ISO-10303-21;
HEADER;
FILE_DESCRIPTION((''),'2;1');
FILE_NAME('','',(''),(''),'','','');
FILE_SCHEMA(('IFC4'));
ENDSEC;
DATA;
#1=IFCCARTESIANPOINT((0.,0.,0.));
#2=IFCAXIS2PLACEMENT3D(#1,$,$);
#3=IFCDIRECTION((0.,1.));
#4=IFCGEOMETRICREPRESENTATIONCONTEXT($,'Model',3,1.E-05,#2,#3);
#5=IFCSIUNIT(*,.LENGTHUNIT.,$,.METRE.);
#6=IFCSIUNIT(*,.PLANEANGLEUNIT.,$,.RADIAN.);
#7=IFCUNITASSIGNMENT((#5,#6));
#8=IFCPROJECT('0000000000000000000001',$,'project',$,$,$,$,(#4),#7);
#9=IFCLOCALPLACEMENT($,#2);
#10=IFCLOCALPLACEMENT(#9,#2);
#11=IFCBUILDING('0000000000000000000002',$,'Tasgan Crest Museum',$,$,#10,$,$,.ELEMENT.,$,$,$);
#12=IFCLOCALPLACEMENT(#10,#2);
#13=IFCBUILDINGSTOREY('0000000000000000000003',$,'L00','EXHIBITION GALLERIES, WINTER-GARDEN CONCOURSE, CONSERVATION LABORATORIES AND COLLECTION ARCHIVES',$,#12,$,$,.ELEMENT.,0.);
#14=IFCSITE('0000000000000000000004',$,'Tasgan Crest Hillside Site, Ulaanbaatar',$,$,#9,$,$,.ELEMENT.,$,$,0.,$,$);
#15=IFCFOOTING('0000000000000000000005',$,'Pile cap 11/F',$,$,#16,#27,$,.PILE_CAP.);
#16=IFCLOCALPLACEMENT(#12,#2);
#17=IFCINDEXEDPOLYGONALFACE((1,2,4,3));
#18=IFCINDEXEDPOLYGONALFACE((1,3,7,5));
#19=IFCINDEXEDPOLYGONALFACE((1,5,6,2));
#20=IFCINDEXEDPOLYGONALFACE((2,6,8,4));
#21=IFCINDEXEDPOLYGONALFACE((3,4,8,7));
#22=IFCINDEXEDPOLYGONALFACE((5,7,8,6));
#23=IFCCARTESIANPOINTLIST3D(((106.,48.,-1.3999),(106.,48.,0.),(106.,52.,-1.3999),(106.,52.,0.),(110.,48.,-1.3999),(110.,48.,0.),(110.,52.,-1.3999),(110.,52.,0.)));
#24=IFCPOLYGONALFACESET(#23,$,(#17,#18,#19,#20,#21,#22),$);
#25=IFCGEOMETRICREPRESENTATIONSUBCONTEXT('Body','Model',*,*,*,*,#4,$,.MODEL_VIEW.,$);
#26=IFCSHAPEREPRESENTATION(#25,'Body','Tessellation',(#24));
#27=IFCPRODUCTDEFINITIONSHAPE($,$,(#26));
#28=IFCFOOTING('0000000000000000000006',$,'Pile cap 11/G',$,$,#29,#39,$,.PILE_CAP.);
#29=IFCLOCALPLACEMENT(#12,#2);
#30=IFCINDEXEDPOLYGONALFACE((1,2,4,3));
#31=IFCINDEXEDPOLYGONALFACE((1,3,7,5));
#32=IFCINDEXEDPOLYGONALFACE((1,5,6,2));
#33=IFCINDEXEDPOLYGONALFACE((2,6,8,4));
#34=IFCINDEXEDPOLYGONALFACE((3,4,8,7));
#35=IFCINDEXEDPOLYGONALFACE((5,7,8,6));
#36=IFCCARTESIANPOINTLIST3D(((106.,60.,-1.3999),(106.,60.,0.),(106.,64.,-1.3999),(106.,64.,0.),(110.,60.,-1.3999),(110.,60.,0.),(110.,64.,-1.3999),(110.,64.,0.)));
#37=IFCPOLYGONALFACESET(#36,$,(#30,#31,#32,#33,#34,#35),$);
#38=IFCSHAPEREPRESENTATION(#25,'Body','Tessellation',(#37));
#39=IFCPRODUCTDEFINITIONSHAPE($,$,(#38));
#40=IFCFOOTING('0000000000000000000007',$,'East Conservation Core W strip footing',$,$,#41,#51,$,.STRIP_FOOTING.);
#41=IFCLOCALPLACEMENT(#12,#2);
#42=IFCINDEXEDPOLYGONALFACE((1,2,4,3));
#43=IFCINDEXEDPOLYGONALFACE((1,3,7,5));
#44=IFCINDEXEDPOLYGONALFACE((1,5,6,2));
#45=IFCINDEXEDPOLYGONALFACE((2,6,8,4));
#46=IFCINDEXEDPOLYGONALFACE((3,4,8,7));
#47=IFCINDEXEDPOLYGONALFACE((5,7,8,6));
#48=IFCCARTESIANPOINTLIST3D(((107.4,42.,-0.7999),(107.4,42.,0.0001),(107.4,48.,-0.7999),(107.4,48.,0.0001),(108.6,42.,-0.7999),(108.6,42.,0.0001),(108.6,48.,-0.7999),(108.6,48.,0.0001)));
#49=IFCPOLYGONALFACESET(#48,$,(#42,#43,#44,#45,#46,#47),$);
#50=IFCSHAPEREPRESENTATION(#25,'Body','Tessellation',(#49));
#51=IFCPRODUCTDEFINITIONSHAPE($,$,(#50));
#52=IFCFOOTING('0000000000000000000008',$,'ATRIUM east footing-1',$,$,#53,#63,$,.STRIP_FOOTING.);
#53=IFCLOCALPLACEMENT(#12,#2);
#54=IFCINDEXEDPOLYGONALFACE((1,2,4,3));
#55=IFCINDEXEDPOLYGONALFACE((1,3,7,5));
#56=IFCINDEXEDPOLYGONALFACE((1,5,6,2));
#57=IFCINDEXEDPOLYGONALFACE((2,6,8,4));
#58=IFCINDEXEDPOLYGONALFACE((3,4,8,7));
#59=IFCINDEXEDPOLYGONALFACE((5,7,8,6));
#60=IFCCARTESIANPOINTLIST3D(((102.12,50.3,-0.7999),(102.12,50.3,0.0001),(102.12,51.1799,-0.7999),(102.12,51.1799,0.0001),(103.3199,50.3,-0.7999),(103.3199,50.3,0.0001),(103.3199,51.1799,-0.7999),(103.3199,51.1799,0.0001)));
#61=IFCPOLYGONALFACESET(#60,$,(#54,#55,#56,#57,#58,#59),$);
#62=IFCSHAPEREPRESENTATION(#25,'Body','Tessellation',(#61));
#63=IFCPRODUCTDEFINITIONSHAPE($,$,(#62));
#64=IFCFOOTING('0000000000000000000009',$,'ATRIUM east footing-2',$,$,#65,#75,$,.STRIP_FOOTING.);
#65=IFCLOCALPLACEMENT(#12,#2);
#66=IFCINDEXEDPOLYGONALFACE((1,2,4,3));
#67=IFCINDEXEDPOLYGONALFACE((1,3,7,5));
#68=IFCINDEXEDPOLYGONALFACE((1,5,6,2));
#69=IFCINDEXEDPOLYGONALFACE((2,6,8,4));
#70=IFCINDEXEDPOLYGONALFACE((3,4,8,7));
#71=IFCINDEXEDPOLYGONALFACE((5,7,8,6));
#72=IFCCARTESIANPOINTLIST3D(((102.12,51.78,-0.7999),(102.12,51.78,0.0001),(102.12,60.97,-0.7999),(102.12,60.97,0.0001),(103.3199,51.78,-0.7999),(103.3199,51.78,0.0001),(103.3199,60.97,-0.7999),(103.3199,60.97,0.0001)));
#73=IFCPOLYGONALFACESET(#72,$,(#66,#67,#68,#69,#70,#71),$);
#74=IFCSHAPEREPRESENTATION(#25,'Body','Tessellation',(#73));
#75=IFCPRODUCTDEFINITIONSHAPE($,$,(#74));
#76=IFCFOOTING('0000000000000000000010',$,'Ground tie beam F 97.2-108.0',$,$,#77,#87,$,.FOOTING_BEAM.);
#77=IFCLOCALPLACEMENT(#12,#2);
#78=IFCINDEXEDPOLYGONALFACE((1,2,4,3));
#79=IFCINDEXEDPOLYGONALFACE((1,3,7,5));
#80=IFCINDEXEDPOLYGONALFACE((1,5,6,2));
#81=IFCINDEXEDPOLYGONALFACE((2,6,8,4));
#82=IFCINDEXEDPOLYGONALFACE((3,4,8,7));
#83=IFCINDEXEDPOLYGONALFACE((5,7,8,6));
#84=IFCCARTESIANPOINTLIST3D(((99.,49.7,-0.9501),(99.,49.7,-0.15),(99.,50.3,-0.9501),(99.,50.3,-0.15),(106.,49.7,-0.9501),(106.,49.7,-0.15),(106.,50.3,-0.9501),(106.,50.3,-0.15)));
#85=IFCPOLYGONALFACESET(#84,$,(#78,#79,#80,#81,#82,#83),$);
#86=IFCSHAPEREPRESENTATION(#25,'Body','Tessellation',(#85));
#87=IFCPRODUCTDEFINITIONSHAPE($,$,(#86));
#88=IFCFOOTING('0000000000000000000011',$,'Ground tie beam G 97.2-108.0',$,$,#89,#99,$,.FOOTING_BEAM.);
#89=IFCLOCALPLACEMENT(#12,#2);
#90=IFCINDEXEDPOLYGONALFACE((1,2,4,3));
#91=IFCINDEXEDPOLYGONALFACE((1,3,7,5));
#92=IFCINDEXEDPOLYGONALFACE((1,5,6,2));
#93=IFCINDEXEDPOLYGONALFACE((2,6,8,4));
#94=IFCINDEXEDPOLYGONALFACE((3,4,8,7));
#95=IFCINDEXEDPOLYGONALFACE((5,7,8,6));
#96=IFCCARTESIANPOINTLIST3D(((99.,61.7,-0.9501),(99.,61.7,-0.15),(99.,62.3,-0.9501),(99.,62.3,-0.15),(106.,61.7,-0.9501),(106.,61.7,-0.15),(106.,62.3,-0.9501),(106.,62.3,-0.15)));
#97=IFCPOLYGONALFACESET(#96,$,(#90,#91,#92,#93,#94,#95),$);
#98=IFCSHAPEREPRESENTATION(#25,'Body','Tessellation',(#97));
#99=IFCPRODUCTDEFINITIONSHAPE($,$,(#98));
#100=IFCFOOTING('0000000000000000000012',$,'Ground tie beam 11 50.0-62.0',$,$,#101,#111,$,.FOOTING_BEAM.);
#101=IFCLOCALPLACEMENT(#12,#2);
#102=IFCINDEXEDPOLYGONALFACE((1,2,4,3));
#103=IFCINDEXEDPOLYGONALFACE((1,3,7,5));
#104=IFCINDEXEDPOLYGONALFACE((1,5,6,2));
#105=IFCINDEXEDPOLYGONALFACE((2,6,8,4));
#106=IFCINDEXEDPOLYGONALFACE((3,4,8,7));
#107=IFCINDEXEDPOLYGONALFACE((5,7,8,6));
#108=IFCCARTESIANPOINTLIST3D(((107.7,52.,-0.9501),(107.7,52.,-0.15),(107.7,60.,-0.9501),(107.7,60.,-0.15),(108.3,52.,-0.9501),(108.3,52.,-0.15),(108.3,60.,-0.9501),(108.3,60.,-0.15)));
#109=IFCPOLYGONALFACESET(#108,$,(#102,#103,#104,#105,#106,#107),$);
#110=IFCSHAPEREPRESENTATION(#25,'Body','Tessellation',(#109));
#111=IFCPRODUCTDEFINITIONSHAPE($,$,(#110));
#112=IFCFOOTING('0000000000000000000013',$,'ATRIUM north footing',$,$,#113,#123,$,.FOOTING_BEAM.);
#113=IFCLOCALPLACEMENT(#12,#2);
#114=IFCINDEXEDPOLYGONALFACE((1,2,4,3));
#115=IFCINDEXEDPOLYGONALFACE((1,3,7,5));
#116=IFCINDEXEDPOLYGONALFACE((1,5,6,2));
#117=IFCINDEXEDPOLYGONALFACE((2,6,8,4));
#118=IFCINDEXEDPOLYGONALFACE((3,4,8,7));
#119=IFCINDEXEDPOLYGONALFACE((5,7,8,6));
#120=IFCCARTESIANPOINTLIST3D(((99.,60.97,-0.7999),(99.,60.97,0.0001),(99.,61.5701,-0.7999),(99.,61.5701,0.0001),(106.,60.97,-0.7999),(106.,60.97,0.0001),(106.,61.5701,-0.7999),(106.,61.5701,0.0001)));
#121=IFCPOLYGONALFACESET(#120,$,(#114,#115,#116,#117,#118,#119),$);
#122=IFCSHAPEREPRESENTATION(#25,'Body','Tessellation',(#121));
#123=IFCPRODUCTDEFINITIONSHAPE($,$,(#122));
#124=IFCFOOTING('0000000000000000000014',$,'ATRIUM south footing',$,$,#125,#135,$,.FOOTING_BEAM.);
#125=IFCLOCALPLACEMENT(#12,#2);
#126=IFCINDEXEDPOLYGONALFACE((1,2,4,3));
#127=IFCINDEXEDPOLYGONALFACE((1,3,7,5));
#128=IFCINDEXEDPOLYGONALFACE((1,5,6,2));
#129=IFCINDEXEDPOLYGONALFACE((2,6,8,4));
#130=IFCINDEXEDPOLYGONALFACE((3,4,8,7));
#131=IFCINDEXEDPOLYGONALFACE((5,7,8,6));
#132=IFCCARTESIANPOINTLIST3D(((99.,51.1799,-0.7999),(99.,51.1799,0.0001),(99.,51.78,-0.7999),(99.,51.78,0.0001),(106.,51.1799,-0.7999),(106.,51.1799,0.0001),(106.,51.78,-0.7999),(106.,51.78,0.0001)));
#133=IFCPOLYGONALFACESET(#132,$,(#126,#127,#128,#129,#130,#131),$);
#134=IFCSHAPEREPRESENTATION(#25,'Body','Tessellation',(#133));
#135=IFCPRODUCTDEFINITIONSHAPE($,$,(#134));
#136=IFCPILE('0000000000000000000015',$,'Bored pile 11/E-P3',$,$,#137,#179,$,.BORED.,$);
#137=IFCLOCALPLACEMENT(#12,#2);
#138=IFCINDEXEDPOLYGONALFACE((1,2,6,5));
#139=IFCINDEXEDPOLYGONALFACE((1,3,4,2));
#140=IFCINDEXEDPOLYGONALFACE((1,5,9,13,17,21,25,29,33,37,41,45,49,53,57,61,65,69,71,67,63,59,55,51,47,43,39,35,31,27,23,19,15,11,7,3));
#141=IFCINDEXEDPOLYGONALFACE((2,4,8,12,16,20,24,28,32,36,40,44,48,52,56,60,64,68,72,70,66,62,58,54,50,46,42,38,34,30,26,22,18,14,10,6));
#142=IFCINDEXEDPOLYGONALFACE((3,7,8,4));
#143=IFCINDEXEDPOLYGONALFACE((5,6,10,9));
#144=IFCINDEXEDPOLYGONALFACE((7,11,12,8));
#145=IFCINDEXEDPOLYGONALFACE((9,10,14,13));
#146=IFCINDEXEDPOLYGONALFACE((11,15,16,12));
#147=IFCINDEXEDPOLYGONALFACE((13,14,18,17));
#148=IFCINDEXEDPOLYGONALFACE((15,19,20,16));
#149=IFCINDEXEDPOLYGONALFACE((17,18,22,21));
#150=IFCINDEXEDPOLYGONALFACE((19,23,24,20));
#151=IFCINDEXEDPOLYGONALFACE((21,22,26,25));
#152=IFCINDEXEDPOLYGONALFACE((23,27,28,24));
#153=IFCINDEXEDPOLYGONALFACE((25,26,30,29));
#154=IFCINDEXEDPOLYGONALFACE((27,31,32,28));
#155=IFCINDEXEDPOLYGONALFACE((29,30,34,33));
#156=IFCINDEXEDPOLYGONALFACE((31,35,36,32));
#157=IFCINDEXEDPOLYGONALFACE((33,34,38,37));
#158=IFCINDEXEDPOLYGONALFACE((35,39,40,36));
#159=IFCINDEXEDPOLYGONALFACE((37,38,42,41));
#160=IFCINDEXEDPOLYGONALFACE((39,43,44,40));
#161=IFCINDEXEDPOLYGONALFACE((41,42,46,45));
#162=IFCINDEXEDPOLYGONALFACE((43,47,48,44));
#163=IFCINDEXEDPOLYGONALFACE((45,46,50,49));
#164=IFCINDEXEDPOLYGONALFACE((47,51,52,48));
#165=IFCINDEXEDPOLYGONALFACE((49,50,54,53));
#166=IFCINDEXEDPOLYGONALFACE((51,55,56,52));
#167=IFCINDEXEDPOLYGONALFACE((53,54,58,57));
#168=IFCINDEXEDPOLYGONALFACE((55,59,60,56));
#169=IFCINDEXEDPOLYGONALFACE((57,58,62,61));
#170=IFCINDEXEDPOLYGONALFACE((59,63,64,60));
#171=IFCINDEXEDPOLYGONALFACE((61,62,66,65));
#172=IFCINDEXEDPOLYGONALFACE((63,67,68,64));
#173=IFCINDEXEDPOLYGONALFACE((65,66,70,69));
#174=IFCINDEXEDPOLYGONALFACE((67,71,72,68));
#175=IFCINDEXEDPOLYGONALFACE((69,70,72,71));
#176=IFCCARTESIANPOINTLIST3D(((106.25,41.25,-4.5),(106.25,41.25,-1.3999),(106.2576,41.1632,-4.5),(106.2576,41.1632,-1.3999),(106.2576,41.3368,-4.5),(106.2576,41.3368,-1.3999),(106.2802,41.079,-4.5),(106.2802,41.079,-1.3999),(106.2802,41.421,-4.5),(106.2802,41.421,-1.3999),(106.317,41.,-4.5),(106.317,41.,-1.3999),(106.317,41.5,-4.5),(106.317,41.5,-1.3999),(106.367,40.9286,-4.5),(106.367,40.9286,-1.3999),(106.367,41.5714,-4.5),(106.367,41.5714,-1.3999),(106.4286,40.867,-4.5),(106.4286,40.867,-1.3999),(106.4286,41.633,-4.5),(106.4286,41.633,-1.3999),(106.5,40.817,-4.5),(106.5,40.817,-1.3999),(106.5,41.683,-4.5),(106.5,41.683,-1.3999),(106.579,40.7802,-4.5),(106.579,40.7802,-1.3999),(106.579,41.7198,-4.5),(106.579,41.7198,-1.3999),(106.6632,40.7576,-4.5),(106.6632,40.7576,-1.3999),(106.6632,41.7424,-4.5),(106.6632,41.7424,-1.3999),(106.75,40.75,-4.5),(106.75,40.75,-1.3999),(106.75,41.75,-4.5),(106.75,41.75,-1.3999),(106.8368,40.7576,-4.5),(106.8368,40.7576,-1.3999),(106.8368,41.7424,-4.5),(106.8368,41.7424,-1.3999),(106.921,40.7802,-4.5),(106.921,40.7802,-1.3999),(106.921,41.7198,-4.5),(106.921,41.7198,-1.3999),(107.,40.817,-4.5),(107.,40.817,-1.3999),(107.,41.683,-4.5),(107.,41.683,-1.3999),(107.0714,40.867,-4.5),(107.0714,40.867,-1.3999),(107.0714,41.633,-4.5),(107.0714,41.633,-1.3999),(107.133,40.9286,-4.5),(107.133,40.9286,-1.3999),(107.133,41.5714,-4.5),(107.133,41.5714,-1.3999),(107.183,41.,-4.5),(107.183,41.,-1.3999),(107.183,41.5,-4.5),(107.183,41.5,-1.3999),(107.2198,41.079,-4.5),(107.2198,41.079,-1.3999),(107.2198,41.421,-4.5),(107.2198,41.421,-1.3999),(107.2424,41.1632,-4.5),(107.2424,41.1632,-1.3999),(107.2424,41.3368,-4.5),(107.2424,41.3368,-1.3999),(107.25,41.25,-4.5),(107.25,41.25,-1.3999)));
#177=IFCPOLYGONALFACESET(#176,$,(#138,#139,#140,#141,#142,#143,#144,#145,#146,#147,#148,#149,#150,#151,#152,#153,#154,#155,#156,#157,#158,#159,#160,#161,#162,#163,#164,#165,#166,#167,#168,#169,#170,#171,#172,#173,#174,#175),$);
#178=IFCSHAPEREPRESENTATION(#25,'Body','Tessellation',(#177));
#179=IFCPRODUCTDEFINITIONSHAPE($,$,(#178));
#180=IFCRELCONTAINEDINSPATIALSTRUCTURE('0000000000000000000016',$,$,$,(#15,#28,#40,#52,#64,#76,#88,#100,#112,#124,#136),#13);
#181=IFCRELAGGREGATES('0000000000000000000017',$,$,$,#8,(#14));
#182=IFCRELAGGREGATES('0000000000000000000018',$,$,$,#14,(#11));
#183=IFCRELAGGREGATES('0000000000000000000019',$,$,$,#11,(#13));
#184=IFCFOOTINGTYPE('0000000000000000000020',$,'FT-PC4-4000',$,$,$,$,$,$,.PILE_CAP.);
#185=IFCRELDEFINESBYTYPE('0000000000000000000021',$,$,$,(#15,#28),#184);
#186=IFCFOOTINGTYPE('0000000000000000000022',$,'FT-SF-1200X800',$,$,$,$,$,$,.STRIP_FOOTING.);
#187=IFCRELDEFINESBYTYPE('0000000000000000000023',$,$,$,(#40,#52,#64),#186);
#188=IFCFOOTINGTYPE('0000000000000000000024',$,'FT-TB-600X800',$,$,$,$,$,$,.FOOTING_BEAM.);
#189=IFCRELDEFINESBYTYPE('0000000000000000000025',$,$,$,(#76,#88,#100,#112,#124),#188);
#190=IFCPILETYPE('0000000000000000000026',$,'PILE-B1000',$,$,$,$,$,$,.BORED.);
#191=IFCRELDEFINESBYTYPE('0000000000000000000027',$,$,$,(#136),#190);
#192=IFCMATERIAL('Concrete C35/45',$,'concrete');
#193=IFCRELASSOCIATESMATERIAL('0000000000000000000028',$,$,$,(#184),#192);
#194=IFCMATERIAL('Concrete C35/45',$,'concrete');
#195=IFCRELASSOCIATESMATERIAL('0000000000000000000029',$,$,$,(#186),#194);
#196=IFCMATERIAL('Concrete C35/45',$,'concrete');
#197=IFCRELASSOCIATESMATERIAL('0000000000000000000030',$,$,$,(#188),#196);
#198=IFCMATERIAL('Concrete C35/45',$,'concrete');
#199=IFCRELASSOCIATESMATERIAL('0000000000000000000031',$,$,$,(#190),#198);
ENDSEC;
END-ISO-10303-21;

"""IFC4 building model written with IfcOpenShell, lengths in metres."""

from ifc_helpers import new_model, si_unit, direction, frame, origin, origin_2d, place, context, subcontext, project, spatial, rectangle, circle, extrude, material, material_profile, profile_set, type_object, element, save


model = new_model("IFC4")

# Units and contexts
model_context = context("Model", 3, precision=1e-05, world=origin(), true_north=direction((0.0, 1.0)))
body_context = subcontext(model_context, "Body", "Model", "MODEL_VIEW")
ifc_project = project(units=[si_unit("LENGTHUNIT", "METRE"), si_unit("PLANEANGLEUNIT", "RADIAN")], contexts=[model_context])

# Site, building, storey
site_placement = place(None, origin())
site = spatial("IfcSite", under=ifc_project, at=site_placement, Name="Tasgan Crest Hillside Site, Ulaanbaatar", CompositionType="ELEMENT", RefElevation=0.0)
building_placement = place(site_placement, origin())
building = spatial("IfcBuilding", under=site, at=building_placement, Name="Tasgan Crest Museum", CompositionType="ELEMENT")
storey_placement = place(building_placement, origin())
storey = spatial("IfcBuildingStorey", under=building, at=storey_placement, Name="L00", Description="EXHIBITION GALLERIES, WINTER-GARDEN CONCOURSE, CONSERVATION LABORATORIES AND COLLECTION ARCHIVES", CompositionType="ELEMENT", Elevation=0.0)

# Footings
ifc_material_1 = material(Name="Concrete C35/45", Category="concrete")
footing_type_1 = type_object("IfcFootingType", Name="FT-PC4-4000", PredefinedType="PILE_CAP", material=ifc_material_1)
for number, where, z_axis, x_axis, name in (
    (1, (108.0, 50.0, -1.3999), (0.0, 0.0, 1.0), (1.0, 0.0, 0.0), "Pile cap 11/F"),
    (2, (108.0, 62.0, -1.3999), (0.0, 0.0, 1.0), (1.0, 0.0, 0.0), "Pile cap 11/G"),
):
    element("IfcFooting", number, at=place(storey_placement, frame(where, z_axis=z_axis, x_axis=x_axis)), inside=storey, type_object=footing_type_1, Name=name, PredefinedType="PILE_CAP", context=body_context, shape_type="SweptSolid", body=[
        extrude(rectangle(XDim=4.0, YDim=4.0, at=origin_2d()), origin(), (0.0, 0.0, 1.0), 1.3999),
    ])
ifc_material_2 = material(Name="Concrete C35/45", Category="concrete")
ifc_material_profile_1 = material_profile(ifc_material_2, rectangle(XDim=1.2, YDim=0.8, at=origin_2d()), Name="SF 1200x800")
ifc_profile_set_1 = profile_set([ifc_material_profile_1], Name="Concrete C35/45")
footing_type_2 = type_object("IfcFootingType", Name="FT-SF-1200X800", PredefinedType="STRIP_FOOTING", material=ifc_profile_set_1)
footing_1_placement = place(storey_placement, frame((108.0, 42.0, -0.3999), z_axis=(0.0, 1.0, 0.0), x_axis=(-1.0, 0.0, 0.0)))
element("IfcFooting", 3, at=footing_1_placement, inside=storey, type_object=footing_type_2, Name="East Conservation Core W strip footing", PredefinedType="STRIP_FOOTING", context=body_context, shape_type="SweptSolid", body=[
    extrude(rectangle(XDim=1.2, YDim=0.8, at=origin_2d()), origin(), (0.0, 0.0, 1.0), 6.0),
])
footing_2_placement = place(storey_placement, frame((102.72, 50.3, -0.3999), z_axis=(0.0, 1.0, 0.0), x_axis=(-1.0, 0.0, 0.0)))
element("IfcFooting", 4, at=footing_2_placement, inside=storey, type_object=footing_type_2, Name="ATRIUM east footing-1", PredefinedType="STRIP_FOOTING", context=body_context, shape_type="SweptSolid", body=[
    extrude(rectangle(XDim=1.2, YDim=0.8, at=origin_2d()), origin(), (0.0, 0.0, 1.0), 0.8799),
])
footing_3_placement = place(storey_placement, frame((102.72, 51.78, -0.3999), z_axis=(0.0, 1.0, 0.0), x_axis=(-1.0, 0.0, 0.0)))
element("IfcFooting", 5, at=footing_3_placement, inside=storey, type_object=footing_type_2, Name="ATRIUM east footing-2", PredefinedType="STRIP_FOOTING", context=body_context, shape_type="SweptSolid", body=[
    extrude(rectangle(XDim=1.2, YDim=0.8, at=origin_2d()), origin(), (0.0, 0.0, 1.0), 9.1899),
])
ifc_material_3 = material(Name="Concrete C35/45", Category="concrete")
ifc_material_profile_2 = material_profile(ifc_material_3, rectangle(XDim=0.6001, YDim=0.8, at=origin_2d()), Name="TB 600x800")
ifc_profile_set_2 = profile_set([ifc_material_profile_2], Name="Concrete C35/45")
footing_type_3 = type_object("IfcFootingType", Name="FT-TB-600X800", PredefinedType="FOOTING_BEAM", material=ifc_profile_set_2)
for number, where, z_axis, x_axis, name in (
    (6, (99.0, 50.0, -0.55), (1.0, 0.0, 0.0), (0.0, 1.0, 0.0), "Ground tie beam F 97.2-108.0"),
    (7, (99.0, 62.0, -0.55), (1.0, 0.0, 0.0), (0.0, 1.0, 0.0), "Ground tie beam G 97.2-108.0"),
):
    element("IfcFooting", number, at=place(storey_placement, frame(where, z_axis=z_axis, x_axis=x_axis)), inside=storey, type_object=footing_type_3, Name=name, PredefinedType="FOOTING_BEAM", context=body_context, shape_type="SweptSolid", body=[
        extrude(rectangle(XDim=0.6001, YDim=0.8, at=origin_2d()), origin(), (0.0, 0.0, 1.0), 7.0),
    ])
footing_4_placement = place(storey_placement, frame((108.0, 52.0, -0.55), z_axis=(0.0, 1.0, 0.0), x_axis=(-1.0, 0.0, 0.0)))
element("IfcFooting", 8, at=footing_4_placement, inside=storey, type_object=footing_type_3, Name="Ground tie beam 11 50.0-62.0", PredefinedType="FOOTING_BEAM", context=body_context, shape_type="SweptSolid", body=[
    extrude(rectangle(XDim=0.6001, YDim=0.8, at=origin_2d()), origin(), (0.0, 0.0, 1.0), 8.0),
])
for number, where, z_axis, x_axis, name in (
    (9, (99.0, 61.27, -0.3999), (1.0, 0.0, 0.0), (0.0, 1.0, 0.0), "ATRIUM north footing"),
    (10, (99.0, 51.48, -0.3999), (1.0, 0.0, 0.0), (0.0, 1.0, 0.0), "ATRIUM south footing"),
):
    element("IfcFooting", number, at=place(storey_placement, frame(where, z_axis=z_axis, x_axis=x_axis)), inside=storey, type_object=footing_type_3, Name=name, PredefinedType="FOOTING_BEAM", context=body_context, shape_type="SweptSolid", body=[
        extrude(rectangle(XDim=0.6001, YDim=0.8, at=origin_2d()), origin(), (0.0, 0.0, 1.0), 7.0),
    ])

# Pile
ifc_material_4 = material(Name="Concrete C35/45", Category="concrete")
ifc_material_profile_3 = material_profile(ifc_material_4, circle(Radius=0.5, at=origin_2d()), Name="PILE D1000")
ifc_profile_set_3 = profile_set([ifc_material_profile_3], Name="Concrete C35/45")
pile_type_1 = type_object("IfcPileType", Name="PILE-B1000", PredefinedType="BORED", material=ifc_profile_set_3)
for number, where, z_axis, x_axis, name in (
    (11, (106.75, 41.25, -1.3999), (0.0, 0.0, -1.0), (1.0, 0.0, 0.0), "Bored pile 11/E-P3"),
):
    element("IfcPile", number, at=place(storey_placement, frame(where, z_axis=z_axis, x_axis=x_axis)), inside=storey, type_object=pile_type_1, Name=name, PredefinedType="BORED", context=body_context, shape_type="SweptSolid", body=[
        extrude(circle(Radius=0.5, at=origin_2d()), origin(), (0.0, 0.0, 1.0), 3.1001),
    ])

save(model, "model.ifc")
